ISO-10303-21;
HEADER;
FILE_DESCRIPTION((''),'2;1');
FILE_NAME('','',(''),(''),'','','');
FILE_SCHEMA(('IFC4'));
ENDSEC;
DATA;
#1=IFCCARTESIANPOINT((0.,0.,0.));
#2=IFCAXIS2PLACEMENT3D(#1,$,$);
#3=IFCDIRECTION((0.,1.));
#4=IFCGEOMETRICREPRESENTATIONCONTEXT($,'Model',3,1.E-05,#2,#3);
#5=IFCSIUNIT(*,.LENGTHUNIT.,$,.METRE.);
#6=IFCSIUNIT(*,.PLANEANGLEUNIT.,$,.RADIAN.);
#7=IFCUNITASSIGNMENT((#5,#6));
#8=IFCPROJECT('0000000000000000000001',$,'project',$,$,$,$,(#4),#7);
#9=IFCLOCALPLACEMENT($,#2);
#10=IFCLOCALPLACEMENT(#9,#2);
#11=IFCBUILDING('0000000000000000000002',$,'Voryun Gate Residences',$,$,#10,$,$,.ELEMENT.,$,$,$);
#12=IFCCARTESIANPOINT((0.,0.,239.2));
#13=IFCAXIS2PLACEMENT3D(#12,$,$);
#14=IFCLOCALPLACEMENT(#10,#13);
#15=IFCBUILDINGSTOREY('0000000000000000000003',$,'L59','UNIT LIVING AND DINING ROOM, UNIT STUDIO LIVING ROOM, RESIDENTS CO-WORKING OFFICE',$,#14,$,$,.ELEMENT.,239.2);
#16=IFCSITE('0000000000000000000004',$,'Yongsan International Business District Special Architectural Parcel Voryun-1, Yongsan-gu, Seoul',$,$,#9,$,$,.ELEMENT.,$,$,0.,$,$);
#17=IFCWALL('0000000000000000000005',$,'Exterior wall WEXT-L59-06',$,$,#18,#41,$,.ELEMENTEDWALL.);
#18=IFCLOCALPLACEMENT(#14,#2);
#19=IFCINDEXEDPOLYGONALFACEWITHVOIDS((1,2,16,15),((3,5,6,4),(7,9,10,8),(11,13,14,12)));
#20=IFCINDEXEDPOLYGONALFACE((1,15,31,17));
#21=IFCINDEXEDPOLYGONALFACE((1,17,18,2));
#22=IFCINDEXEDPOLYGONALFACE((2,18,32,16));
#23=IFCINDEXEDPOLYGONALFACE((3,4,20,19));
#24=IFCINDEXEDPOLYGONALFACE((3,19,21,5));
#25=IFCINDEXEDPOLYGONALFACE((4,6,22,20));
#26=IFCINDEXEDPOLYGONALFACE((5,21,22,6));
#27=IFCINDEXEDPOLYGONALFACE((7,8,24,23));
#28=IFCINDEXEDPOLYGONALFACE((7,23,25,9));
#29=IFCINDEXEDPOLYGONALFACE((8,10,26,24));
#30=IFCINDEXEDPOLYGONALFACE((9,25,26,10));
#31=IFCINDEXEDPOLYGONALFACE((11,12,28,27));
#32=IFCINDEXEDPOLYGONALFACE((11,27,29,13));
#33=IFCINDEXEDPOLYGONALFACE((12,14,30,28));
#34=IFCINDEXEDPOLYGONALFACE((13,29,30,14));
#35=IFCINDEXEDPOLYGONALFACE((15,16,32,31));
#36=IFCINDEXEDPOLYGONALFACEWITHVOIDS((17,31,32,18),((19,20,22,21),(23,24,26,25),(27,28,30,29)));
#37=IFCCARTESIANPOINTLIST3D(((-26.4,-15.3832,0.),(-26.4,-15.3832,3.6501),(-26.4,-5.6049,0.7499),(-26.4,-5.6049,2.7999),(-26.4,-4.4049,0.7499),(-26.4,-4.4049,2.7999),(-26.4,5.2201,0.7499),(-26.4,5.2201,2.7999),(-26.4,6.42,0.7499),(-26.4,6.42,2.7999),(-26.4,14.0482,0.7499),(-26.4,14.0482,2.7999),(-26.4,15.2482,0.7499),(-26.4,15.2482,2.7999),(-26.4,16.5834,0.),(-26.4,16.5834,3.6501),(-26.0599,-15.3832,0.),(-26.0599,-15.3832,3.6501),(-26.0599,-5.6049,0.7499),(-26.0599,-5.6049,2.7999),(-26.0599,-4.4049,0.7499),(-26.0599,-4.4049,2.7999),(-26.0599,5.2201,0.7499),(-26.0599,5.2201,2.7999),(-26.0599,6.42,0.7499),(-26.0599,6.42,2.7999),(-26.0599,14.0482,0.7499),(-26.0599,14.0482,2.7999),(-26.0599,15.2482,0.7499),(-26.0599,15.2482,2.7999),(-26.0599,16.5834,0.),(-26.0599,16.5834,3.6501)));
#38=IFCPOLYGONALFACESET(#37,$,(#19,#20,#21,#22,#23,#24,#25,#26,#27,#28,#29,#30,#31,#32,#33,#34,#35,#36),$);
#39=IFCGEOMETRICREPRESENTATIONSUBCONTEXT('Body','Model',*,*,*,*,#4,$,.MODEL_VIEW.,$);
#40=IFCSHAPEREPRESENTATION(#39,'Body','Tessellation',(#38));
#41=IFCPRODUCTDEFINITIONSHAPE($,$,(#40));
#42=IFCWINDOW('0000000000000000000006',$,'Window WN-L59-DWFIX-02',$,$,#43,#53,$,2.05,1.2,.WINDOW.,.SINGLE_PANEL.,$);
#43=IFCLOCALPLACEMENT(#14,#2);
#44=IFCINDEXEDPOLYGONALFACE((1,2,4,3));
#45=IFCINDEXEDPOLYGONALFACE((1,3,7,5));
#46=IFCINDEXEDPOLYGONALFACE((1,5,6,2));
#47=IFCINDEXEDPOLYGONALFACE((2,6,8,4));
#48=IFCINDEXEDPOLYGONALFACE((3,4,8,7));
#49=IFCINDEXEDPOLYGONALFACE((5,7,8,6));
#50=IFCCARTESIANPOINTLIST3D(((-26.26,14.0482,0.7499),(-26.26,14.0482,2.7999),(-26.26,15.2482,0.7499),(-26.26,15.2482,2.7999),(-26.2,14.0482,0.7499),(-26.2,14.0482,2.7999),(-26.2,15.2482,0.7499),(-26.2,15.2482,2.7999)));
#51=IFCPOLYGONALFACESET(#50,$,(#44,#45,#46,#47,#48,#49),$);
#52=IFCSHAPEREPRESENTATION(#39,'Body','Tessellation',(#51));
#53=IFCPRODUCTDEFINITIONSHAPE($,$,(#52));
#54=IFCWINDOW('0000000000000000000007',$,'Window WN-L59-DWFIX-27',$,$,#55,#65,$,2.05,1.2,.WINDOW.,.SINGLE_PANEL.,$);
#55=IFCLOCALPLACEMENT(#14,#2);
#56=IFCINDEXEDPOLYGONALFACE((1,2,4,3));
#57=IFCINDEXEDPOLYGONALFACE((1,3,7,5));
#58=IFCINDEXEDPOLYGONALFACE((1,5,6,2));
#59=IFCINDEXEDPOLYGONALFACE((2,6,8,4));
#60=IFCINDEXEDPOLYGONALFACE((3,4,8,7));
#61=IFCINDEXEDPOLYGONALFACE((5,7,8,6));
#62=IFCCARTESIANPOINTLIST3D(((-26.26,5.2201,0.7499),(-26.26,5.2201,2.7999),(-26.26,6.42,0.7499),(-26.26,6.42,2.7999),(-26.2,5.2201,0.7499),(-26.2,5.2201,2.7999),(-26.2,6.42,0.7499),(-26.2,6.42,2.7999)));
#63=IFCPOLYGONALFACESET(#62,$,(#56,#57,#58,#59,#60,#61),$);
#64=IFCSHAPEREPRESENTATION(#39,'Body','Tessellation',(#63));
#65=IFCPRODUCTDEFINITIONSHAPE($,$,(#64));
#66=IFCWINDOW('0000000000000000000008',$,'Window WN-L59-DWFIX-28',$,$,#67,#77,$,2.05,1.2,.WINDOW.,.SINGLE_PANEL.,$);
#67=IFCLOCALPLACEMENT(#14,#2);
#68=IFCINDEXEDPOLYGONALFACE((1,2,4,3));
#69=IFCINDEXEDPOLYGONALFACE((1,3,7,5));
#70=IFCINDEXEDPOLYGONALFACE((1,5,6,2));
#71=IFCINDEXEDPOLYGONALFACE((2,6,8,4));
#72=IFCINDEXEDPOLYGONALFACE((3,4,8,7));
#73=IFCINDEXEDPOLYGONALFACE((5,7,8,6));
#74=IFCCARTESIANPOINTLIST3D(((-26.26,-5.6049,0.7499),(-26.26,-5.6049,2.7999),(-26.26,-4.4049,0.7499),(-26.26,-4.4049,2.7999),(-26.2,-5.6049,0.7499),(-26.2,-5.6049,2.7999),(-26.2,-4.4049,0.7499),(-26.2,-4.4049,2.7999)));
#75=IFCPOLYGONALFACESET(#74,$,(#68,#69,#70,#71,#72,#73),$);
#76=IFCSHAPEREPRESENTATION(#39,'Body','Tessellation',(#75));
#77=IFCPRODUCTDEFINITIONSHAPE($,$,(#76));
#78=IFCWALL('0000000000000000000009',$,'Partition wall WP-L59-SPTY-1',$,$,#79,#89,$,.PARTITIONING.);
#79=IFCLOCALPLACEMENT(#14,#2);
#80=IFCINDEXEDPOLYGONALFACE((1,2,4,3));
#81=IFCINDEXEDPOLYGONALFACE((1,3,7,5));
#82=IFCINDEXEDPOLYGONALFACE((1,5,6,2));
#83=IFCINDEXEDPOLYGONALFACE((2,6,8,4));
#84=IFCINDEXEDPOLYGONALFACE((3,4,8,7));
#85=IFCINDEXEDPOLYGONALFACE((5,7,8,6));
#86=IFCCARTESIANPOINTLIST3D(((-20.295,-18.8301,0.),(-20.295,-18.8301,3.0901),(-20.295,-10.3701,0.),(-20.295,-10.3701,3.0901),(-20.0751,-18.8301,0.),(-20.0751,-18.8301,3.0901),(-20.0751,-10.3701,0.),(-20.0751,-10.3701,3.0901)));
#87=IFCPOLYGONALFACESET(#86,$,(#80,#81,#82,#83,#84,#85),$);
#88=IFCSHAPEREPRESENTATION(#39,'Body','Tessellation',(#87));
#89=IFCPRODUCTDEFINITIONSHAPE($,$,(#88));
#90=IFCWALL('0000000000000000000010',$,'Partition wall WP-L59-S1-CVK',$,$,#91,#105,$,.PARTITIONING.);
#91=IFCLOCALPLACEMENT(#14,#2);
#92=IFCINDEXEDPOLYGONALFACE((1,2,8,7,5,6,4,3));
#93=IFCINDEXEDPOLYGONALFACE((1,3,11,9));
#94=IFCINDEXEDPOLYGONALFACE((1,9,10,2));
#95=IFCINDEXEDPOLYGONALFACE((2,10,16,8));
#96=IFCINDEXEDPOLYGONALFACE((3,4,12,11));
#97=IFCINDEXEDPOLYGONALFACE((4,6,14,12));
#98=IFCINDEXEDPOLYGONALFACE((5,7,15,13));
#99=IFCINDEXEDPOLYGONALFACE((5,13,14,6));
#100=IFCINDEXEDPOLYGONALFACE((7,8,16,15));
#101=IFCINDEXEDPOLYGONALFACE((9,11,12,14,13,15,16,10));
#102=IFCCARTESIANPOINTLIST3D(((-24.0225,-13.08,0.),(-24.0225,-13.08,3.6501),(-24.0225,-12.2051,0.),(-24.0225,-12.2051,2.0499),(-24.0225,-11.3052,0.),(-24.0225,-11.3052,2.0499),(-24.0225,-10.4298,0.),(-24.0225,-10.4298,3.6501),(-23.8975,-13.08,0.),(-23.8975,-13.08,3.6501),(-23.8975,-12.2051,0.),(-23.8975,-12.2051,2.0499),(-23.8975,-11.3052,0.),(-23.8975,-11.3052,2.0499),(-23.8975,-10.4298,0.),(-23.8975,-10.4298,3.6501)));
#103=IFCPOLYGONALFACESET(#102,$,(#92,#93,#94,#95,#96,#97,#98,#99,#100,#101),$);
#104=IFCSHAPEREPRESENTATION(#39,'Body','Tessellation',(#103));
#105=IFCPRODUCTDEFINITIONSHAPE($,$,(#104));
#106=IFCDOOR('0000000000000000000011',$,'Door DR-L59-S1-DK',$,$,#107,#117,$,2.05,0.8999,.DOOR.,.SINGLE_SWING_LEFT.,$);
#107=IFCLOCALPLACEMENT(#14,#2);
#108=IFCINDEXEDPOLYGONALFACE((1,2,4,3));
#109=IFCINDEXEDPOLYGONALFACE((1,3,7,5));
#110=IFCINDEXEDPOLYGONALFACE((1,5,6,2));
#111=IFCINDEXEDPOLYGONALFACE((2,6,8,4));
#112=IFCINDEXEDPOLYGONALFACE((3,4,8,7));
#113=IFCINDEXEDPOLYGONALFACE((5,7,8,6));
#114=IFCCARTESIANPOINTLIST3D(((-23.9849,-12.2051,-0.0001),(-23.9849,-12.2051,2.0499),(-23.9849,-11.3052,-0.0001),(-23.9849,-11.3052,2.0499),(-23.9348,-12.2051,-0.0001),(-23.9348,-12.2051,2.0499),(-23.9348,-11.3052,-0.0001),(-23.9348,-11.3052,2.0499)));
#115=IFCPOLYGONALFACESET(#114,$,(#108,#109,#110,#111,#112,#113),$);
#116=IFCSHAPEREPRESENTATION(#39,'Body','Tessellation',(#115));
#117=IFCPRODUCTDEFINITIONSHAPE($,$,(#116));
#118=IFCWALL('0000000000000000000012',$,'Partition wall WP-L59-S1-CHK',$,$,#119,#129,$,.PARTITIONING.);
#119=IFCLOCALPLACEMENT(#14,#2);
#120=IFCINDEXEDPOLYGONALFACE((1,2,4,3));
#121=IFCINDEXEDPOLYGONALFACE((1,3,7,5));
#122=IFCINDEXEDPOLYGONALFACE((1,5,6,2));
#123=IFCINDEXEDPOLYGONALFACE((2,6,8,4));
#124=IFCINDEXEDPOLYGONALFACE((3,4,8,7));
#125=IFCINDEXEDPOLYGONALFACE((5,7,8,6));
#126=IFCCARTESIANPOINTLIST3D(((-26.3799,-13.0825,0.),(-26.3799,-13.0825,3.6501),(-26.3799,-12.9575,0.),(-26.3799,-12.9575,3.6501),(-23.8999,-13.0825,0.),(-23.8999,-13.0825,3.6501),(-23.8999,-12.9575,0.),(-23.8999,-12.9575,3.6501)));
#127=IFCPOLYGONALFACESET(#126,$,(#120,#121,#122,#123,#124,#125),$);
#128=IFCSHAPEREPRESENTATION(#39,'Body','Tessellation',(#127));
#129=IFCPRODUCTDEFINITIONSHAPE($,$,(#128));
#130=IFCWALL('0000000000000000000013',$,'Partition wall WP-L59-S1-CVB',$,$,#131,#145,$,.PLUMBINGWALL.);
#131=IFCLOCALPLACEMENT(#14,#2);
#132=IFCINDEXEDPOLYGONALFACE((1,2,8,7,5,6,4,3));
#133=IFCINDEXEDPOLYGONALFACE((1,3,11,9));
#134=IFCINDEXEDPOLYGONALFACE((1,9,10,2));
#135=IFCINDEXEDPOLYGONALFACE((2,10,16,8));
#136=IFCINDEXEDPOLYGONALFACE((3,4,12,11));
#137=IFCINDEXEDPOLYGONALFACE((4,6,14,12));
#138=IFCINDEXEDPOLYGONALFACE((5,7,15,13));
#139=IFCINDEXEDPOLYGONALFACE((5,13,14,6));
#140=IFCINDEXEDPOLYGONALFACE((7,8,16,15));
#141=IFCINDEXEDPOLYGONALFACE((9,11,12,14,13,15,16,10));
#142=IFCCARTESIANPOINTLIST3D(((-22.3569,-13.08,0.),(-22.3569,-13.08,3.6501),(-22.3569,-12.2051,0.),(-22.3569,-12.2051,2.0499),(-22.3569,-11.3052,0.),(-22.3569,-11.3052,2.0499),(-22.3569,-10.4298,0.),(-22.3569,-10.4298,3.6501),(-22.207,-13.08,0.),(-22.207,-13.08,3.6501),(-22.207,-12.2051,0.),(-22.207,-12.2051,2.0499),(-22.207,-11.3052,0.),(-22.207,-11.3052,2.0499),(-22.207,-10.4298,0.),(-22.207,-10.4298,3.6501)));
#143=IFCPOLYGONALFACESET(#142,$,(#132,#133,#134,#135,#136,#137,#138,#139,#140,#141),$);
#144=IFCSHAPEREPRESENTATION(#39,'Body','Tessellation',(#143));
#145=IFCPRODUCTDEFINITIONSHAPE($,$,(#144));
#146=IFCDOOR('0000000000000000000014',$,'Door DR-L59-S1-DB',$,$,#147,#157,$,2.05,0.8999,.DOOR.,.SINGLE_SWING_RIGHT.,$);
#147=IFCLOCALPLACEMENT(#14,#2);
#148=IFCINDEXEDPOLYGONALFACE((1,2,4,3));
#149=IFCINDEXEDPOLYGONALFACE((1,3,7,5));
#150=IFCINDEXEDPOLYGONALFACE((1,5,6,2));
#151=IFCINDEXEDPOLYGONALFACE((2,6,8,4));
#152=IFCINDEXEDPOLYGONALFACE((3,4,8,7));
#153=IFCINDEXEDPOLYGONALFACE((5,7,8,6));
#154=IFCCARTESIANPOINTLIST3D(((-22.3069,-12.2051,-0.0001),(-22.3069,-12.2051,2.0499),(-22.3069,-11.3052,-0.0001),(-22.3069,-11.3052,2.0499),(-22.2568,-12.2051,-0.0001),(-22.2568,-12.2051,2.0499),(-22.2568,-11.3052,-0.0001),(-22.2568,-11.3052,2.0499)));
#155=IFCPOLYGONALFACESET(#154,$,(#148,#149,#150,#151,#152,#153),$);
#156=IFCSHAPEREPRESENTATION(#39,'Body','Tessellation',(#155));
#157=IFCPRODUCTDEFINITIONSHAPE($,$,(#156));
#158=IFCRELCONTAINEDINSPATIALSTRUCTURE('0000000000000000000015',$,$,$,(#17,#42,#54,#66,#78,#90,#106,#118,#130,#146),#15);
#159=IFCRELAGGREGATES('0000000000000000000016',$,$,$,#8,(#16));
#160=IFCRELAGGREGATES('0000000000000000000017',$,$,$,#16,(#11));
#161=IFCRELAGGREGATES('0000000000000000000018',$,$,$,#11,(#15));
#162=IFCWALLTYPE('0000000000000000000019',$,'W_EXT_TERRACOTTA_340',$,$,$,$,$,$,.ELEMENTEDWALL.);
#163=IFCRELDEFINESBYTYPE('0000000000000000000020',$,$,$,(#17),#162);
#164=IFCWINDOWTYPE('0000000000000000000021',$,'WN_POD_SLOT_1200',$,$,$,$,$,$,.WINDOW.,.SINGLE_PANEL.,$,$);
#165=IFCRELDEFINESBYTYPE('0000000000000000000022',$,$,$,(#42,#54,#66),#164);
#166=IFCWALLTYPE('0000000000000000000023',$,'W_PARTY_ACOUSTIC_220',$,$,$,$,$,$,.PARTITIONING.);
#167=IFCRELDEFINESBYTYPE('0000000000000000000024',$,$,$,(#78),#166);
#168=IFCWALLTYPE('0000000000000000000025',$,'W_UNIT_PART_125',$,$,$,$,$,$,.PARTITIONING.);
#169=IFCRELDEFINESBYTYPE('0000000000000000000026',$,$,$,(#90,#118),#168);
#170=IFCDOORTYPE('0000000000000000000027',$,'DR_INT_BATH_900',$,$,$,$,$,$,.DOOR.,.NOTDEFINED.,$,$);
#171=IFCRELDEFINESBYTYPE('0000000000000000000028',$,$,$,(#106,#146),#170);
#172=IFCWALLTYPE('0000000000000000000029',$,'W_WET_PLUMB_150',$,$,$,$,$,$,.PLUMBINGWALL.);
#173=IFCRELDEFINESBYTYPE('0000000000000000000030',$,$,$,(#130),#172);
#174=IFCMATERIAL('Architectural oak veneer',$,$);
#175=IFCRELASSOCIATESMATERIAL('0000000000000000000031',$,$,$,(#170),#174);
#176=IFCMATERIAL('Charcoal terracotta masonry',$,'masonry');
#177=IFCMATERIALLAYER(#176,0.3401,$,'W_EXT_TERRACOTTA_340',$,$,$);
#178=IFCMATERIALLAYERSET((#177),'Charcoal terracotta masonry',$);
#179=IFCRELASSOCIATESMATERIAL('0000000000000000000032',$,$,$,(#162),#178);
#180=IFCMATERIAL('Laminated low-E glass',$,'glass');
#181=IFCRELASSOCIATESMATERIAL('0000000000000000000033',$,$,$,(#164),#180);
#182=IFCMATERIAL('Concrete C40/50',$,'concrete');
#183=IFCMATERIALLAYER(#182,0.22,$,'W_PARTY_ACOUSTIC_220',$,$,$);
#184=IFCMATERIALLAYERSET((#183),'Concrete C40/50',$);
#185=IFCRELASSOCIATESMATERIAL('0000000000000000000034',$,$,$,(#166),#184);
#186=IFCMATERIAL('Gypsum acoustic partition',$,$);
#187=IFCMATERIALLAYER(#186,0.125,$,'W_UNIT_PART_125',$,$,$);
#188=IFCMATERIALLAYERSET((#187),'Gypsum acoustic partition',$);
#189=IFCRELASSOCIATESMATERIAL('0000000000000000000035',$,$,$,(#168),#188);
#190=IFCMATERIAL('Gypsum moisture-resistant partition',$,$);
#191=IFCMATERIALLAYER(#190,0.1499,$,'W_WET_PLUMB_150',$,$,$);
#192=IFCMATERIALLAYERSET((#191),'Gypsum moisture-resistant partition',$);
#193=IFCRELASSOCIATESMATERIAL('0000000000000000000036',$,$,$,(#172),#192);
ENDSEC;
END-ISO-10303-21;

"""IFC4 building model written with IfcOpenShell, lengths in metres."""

from ifc_helpers import new_model, si_unit, direction, frame, frame_2d, origin, place, context, subcontext, project, spatial, rectangle, extrude, material, layer, layer_set, type_object, element, fill, save


model = new_model("IFC4")

# Units and contexts
model_context = context("Model", 3, precision=1e-05, world=origin(), true_north=direction((0.0, 1.0)))
body_context = subcontext(model_context, "Body", "Model", "MODEL_VIEW")
ifc_project = project(units=[si_unit("LENGTHUNIT", "METRE"), si_unit("PLANEANGLEUNIT", "RADIAN")], contexts=[model_context])

# Site, building, storey
site_placement = place(None, origin())
site = spatial("IfcSite", under=ifc_project, at=site_placement, Name="Yongsan International Business District Special Architectural Parcel Voryun-1, Yongsan-gu, Seoul", CompositionType="ELEMENT", RefElevation=0.0)
building_placement = place(site_placement, origin())
building = spatial("IfcBuilding", under=site, at=building_placement, Name="Voryun Gate Residences", CompositionType="ELEMENT")
storey_placement = place(building_placement, frame((0.0, 0.0, 239.2)))
storey = spatial("IfcBuildingStorey", under=building, at=storey_placement, Name="L59", Description="UNIT LIVING AND DINING ROOM, UNIT STUDIO LIVING ROOM, RESIDENTS CO-WORKING OFFICE", CompositionType="ELEMENT", Elevation=239.2)

# Shared definitions
ifc_material_1 = material(Name="Architectural oak veneer")
door_type_1 = type_object("IfcDoorType", Name="DR_INT_BATH_900", OperationType="NOTDEFINED", PredefinedType="DOOR", material=ifc_material_1)

# Shared definitions
ifc_material_2 = material(Name="Charcoal terracotta masonry", Category="masonry")
ifc_layer_1 = layer(ifc_material_2, 0.3401, Name="W_EXT_TERRACOTTA_340")
ifc_layer_set_1 = layer_set([ifc_layer_1], Name="Charcoal terracotta masonry")
wall_type_1 = type_object("IfcWallType", Name="W_EXT_TERRACOTTA_340", PredefinedType="ELEMENTEDWALL", material=ifc_layer_set_1)

# Wall, openings, windows
wall_1_placement = place(storey_placement, frame((-26.23, -15.3833, 0.0), z_axis=(0.0, 0.0, 1.0), x_axis=(0.0, 1.0, 0.0)))
wall_1 = element("IfcWall", 1, at=wall_1_placement, inside=storey, type_object=wall_type_1, Name="Exterior wall WEXT-L59-06", PredefinedType="ELEMENTEDWALL", context=body_context, shape_type="SweptSolid", body=[
    extrude(rectangle(XDim=31.9666, YDim=0.3401, at=frame_2d((15.9834, 0.0))), origin(), (0.0, 0.0, 1.0), 3.6501),
])
opening_1_placement = place(wall_1_placement, frame((29.4314, 0.0, 0.75)))
opening_1 = element("IfcOpeningElement", 2, at=opening_1_placement, cuts=wall_1, PredefinedType="OPENING", context=body_context, shape_type="SweptSolid", body=[
    extrude(rectangle(XDim=1.2, YDim=2.05, at=frame_2d((0.6001, 1.0249))), frame((0.0, 0.1799, 0.0), z_axis=(0.0, -1.0, 0.0), x_axis=(1.0, 0.0, 0.0)), (0.0, 0.0, 1.0), 0.3601),
])
opening_2_placement = place(wall_1_placement, frame((20.6033, 0.0, 0.75)))
opening_2 = element("IfcOpeningElement", 3, at=opening_2_placement, cuts=wall_1, PredefinedType="OPENING", context=body_context, shape_type="SweptSolid", body=[
    extrude(rectangle(XDim=1.2, YDim=2.05, at=frame_2d((0.6001, 1.0249))), frame((0.0, 0.1799, 0.0), z_axis=(0.0, -1.0, 0.0), x_axis=(1.0, 0.0, 0.0)), (0.0, 0.0, 1.0), 0.3601),
])
opening_3_placement = place(wall_1_placement, frame((9.7783, 0.0, 0.75)))
opening_3 = element("IfcOpeningElement", 4, at=opening_3_placement, cuts=wall_1, PredefinedType="OPENING", context=body_context, shape_type="SweptSolid", body=[
    extrude(rectangle(XDim=1.2, YDim=2.05, at=frame_2d((0.6001, 1.0249))), frame((0.0, 0.1799, 0.0), z_axis=(0.0, -1.0, 0.0), x_axis=(1.0, 0.0, 0.0)), (0.0, 0.0, 1.0), 0.3601),
])
ifc_material_3 = material(Name="Laminated low-E glass", Category="glass")
window_type = type_object("IfcWindowType", Name="WN_POD_SLOT_1200", PartitioningType="SINGLE_PANEL", PredefinedType="WINDOW", material=ifc_material_3)
window_1_placement = place(opening_1_placement, origin())
window_1 = element("IfcWindow", 5, at=window_1_placement, inside=storey, type_object=window_type, Name="Window WN-L59-DWFIX-02", OverallHeight=2.05, OverallWidth=1.2, PartitioningType="SINGLE_PANEL", PredefinedType="WINDOW", context=body_context, shape_type="SweptSolid", body=[
    extrude(rectangle(XDim=1.2, YDim=2.05, at=frame_2d((0.6001, 1.0249))), frame((0.0, 0.03, 0.0), z_axis=(0.0, -1.0, 0.0), x_axis=(1.0, 0.0, 0.0)), (0.0, 0.0, 1.0), 0.0601),
])
fill(opening_1, window_1)
window_2_placement = place(opening_2_placement, origin())
window_2 = element("IfcWindow", 6, at=window_2_placement, inside=storey, type_object=window_type, Name="Window WN-L59-DWFIX-27", OverallHeight=2.05, OverallWidth=1.2, PartitioningType="SINGLE_PANEL", PredefinedType="WINDOW", context=body_context, shape_type="SweptSolid", body=[
    extrude(rectangle(XDim=1.2, YDim=2.05, at=frame_2d((0.6001, 1.0249))), frame((0.0, 0.03, 0.0), z_axis=(0.0, -1.0, 0.0), x_axis=(1.0, 0.0, 0.0)), (0.0, 0.0, 1.0), 0.0601),
])
fill(opening_2, window_2)
window_3_placement = place(opening_3_placement, origin())
window_3 = element("IfcWindow", 7, at=window_3_placement, inside=storey, type_object=window_type, Name="Window WN-L59-DWFIX-28", OverallHeight=2.05, OverallWidth=1.2, PartitioningType="SINGLE_PANEL", PredefinedType="WINDOW", context=body_context, shape_type="SweptSolid", body=[
    extrude(rectangle(XDim=1.2, YDim=2.05, at=frame_2d((0.6001, 1.0249))), frame((0.0, 0.03, 0.0), z_axis=(0.0, -1.0, 0.0), x_axis=(1.0, 0.0, 0.0)), (0.0, 0.0, 1.0), 0.0601),
])
fill(opening_3, window_3)

# Wall
ifc_material_4 = material(Name="Concrete C40/50", Category="concrete")
ifc_layer_2 = layer(ifc_material_4, 0.22, Name="W_PARTY_ACOUSTIC_220")
ifc_layer_set_2 = layer_set([ifc_layer_2], Name="Concrete C40/50")
wall_type_2 = type_object("IfcWallType", Name="W_PARTY_ACOUSTIC_220", PredefinedType="PARTITIONING", material=ifc_layer_set_2)
wall_2_placement = place(storey_placement, frame((-20.1851, -18.8301, 0.0), z_axis=(0.0, 0.0, 1.0), x_axis=(0.0, 1.0, 0.0)))
element("IfcWall", 8, at=wall_2_placement, inside=storey, type_object=wall_type_2, Name="Partition wall WP-L59-SPTY-1", PredefinedType="PARTITIONING", context=body_context, shape_type="SweptSolid", body=[
    extrude(rectangle(XDim=8.46, YDim=0.22, at=frame_2d((4.23, 0.0))), origin(), (0.0, 0.0, 1.0), 3.0901),
])

# Wall, opening, door
ifc_material_5 = material(Name="Gypsum acoustic partition")
ifc_layer_3 = layer(ifc_material_5, 0.125, Name="W_UNIT_PART_125")
ifc_layer_set_3 = layer_set([ifc_layer_3], Name="Gypsum acoustic partition")
wall_type_3 = type_object("IfcWallType", Name="W_UNIT_PART_125", PredefinedType="PARTITIONING", material=ifc_layer_set_3)
wall_3_placement = place(storey_placement, frame((-23.96, -13.0801, 0.0), z_axis=(0.0, 0.0, 1.0), x_axis=(0.0, 1.0, 0.0)))
wall_3 = element("IfcWall", 9, at=wall_3_placement, inside=storey, type_object=wall_type_3, Name="Partition wall WP-L59-S1-CVK", PredefinedType="PARTITIONING", context=body_context, shape_type="SweptSolid", body=[
    extrude(rectangle(XDim=2.6501, YDim=0.125, at=frame_2d((1.3252, 0.0))), origin(), (0.0, 0.0, 1.0), 3.6501),
])
opening_4_placement = place(wall_3_placement, frame((0.875, 0.0, 0.0)))
opening_4 = element("IfcOpeningElement", 10, at=opening_4_placement, cuts=wall_3, PredefinedType="OPENING", context=body_context, shape_type="SweptSolid", body=[
    extrude(rectangle(XDim=0.8999, YDim=2.05, at=frame_2d((0.45, 1.0249))), frame((0.0, 0.0725, 0.0), z_axis=(0.0, -1.0, 0.0), x_axis=(1.0, 0.0, 0.0)), (0.0, 0.0, 1.0), 0.145),
])
door_1_placement = place(opening_4_placement, origin())
door_1 = element("IfcDoor", 11, at=door_1_placement, inside=storey, type_object=door_type_1, Name="Door DR-L59-S1-DK", OperationType="SINGLE_SWING_LEFT", OverallHeight=2.05, OverallWidth=0.8999, PredefinedType="DOOR", context=body_context, shape_type="SweptSolid", body=[
    extrude(rectangle(XDim=0.8999, YDim=2.05, at=frame_2d((0.45, 1.0249))), frame((0.0, 0.0249, 0.0), z_axis=(0.0, -1.0, 0.0), x_axis=(1.0, 0.0, 0.0)), (0.0, 0.0, 1.0), 0.05),
])
fill(opening_4, door_1)

# Wall
wall_4_placement = place(storey_placement, frame((-26.3799, -13.02, 0.0), z_axis=(0.0, 0.0, 1.0), x_axis=(1.0, 0.0, 0.0)))
element("IfcWall", 12, at=wall_4_placement, inside=storey, type_object=wall_type_3, Name="Partition wall WP-L59-S1-CHK", PredefinedType="PARTITIONING", context=body_context, shape_type="SweptSolid", body=[
    extrude(rectangle(XDim=2.48, YDim=0.125, at=frame_2d((1.24, 0.0))), origin(), (0.0, 0.0, 1.0), 3.6501),
])

# Wall, opening, door
ifc_material_6 = material(Name="Gypsum moisture-resistant partition")
ifc_layer_4 = layer(ifc_material_6, 0.1499, Name="W_WET_PLUMB_150")
ifc_layer_set_4 = layer_set([ifc_layer_4], Name="Gypsum moisture-resistant partition")
wall_type_4 = type_object("IfcWallType", Name="W_WET_PLUMB_150", PredefinedType="PLUMBINGWALL", material=ifc_layer_set_4)
wall_5_placement = place(storey_placement, frame((-22.282, -13.0801, 0.0), z_axis=(0.0, 0.0, 1.0), x_axis=(0.0, 1.0, 0.0)))
wall_5 = element("IfcWall", 13, at=wall_5_placement, inside=storey, type_object=wall_type_4, Name="Partition wall WP-L59-S1-CVB", PredefinedType="PLUMBINGWALL", context=body_context, shape_type="SweptSolid", body=[
    extrude(rectangle(XDim=2.6501, YDim=0.1499, at=frame_2d((1.3252, 0.0))), origin(), (0.0, 0.0, 1.0), 3.6501),
])
opening_5_placement = place(wall_5_placement, frame((0.875, 0.0, 0.0)))
opening_5 = element("IfcOpeningElement", 14, at=opening_5_placement, cuts=wall_5, PredefinedType="OPENING", context=body_context, shape_type="SweptSolid", body=[
    extrude(rectangle(XDim=0.8999, YDim=2.05, at=frame_2d((0.45, 1.0249))), frame((0.0, 0.085, 0.0), z_axis=(0.0, -1.0, 0.0), x_axis=(1.0, 0.0, 0.0)), (0.0, 0.0, 1.0), 0.1699),
])
door_2_placement = place(opening_5_placement, origin())
door_2 = element("IfcDoor", 15, at=door_2_placement, inside=storey, type_object=door_type_1, Name="Door DR-L59-S1-DB", OperationType="SINGLE_SWING_RIGHT", OverallHeight=2.05, OverallWidth=0.8999, PredefinedType="DOOR", context=body_context, shape_type="SweptSolid", body=[
    extrude(rectangle(XDim=0.8999, YDim=2.05, at=frame_2d((0.45, 1.0249))), frame((0.0, 0.0249, 0.0), z_axis=(0.0, -1.0, 0.0), x_axis=(1.0, 0.0, 0.0)), (0.0, 0.0, 1.0), 0.05),
])
fill(opening_5, door_2)

save(model, "model.ifc")
